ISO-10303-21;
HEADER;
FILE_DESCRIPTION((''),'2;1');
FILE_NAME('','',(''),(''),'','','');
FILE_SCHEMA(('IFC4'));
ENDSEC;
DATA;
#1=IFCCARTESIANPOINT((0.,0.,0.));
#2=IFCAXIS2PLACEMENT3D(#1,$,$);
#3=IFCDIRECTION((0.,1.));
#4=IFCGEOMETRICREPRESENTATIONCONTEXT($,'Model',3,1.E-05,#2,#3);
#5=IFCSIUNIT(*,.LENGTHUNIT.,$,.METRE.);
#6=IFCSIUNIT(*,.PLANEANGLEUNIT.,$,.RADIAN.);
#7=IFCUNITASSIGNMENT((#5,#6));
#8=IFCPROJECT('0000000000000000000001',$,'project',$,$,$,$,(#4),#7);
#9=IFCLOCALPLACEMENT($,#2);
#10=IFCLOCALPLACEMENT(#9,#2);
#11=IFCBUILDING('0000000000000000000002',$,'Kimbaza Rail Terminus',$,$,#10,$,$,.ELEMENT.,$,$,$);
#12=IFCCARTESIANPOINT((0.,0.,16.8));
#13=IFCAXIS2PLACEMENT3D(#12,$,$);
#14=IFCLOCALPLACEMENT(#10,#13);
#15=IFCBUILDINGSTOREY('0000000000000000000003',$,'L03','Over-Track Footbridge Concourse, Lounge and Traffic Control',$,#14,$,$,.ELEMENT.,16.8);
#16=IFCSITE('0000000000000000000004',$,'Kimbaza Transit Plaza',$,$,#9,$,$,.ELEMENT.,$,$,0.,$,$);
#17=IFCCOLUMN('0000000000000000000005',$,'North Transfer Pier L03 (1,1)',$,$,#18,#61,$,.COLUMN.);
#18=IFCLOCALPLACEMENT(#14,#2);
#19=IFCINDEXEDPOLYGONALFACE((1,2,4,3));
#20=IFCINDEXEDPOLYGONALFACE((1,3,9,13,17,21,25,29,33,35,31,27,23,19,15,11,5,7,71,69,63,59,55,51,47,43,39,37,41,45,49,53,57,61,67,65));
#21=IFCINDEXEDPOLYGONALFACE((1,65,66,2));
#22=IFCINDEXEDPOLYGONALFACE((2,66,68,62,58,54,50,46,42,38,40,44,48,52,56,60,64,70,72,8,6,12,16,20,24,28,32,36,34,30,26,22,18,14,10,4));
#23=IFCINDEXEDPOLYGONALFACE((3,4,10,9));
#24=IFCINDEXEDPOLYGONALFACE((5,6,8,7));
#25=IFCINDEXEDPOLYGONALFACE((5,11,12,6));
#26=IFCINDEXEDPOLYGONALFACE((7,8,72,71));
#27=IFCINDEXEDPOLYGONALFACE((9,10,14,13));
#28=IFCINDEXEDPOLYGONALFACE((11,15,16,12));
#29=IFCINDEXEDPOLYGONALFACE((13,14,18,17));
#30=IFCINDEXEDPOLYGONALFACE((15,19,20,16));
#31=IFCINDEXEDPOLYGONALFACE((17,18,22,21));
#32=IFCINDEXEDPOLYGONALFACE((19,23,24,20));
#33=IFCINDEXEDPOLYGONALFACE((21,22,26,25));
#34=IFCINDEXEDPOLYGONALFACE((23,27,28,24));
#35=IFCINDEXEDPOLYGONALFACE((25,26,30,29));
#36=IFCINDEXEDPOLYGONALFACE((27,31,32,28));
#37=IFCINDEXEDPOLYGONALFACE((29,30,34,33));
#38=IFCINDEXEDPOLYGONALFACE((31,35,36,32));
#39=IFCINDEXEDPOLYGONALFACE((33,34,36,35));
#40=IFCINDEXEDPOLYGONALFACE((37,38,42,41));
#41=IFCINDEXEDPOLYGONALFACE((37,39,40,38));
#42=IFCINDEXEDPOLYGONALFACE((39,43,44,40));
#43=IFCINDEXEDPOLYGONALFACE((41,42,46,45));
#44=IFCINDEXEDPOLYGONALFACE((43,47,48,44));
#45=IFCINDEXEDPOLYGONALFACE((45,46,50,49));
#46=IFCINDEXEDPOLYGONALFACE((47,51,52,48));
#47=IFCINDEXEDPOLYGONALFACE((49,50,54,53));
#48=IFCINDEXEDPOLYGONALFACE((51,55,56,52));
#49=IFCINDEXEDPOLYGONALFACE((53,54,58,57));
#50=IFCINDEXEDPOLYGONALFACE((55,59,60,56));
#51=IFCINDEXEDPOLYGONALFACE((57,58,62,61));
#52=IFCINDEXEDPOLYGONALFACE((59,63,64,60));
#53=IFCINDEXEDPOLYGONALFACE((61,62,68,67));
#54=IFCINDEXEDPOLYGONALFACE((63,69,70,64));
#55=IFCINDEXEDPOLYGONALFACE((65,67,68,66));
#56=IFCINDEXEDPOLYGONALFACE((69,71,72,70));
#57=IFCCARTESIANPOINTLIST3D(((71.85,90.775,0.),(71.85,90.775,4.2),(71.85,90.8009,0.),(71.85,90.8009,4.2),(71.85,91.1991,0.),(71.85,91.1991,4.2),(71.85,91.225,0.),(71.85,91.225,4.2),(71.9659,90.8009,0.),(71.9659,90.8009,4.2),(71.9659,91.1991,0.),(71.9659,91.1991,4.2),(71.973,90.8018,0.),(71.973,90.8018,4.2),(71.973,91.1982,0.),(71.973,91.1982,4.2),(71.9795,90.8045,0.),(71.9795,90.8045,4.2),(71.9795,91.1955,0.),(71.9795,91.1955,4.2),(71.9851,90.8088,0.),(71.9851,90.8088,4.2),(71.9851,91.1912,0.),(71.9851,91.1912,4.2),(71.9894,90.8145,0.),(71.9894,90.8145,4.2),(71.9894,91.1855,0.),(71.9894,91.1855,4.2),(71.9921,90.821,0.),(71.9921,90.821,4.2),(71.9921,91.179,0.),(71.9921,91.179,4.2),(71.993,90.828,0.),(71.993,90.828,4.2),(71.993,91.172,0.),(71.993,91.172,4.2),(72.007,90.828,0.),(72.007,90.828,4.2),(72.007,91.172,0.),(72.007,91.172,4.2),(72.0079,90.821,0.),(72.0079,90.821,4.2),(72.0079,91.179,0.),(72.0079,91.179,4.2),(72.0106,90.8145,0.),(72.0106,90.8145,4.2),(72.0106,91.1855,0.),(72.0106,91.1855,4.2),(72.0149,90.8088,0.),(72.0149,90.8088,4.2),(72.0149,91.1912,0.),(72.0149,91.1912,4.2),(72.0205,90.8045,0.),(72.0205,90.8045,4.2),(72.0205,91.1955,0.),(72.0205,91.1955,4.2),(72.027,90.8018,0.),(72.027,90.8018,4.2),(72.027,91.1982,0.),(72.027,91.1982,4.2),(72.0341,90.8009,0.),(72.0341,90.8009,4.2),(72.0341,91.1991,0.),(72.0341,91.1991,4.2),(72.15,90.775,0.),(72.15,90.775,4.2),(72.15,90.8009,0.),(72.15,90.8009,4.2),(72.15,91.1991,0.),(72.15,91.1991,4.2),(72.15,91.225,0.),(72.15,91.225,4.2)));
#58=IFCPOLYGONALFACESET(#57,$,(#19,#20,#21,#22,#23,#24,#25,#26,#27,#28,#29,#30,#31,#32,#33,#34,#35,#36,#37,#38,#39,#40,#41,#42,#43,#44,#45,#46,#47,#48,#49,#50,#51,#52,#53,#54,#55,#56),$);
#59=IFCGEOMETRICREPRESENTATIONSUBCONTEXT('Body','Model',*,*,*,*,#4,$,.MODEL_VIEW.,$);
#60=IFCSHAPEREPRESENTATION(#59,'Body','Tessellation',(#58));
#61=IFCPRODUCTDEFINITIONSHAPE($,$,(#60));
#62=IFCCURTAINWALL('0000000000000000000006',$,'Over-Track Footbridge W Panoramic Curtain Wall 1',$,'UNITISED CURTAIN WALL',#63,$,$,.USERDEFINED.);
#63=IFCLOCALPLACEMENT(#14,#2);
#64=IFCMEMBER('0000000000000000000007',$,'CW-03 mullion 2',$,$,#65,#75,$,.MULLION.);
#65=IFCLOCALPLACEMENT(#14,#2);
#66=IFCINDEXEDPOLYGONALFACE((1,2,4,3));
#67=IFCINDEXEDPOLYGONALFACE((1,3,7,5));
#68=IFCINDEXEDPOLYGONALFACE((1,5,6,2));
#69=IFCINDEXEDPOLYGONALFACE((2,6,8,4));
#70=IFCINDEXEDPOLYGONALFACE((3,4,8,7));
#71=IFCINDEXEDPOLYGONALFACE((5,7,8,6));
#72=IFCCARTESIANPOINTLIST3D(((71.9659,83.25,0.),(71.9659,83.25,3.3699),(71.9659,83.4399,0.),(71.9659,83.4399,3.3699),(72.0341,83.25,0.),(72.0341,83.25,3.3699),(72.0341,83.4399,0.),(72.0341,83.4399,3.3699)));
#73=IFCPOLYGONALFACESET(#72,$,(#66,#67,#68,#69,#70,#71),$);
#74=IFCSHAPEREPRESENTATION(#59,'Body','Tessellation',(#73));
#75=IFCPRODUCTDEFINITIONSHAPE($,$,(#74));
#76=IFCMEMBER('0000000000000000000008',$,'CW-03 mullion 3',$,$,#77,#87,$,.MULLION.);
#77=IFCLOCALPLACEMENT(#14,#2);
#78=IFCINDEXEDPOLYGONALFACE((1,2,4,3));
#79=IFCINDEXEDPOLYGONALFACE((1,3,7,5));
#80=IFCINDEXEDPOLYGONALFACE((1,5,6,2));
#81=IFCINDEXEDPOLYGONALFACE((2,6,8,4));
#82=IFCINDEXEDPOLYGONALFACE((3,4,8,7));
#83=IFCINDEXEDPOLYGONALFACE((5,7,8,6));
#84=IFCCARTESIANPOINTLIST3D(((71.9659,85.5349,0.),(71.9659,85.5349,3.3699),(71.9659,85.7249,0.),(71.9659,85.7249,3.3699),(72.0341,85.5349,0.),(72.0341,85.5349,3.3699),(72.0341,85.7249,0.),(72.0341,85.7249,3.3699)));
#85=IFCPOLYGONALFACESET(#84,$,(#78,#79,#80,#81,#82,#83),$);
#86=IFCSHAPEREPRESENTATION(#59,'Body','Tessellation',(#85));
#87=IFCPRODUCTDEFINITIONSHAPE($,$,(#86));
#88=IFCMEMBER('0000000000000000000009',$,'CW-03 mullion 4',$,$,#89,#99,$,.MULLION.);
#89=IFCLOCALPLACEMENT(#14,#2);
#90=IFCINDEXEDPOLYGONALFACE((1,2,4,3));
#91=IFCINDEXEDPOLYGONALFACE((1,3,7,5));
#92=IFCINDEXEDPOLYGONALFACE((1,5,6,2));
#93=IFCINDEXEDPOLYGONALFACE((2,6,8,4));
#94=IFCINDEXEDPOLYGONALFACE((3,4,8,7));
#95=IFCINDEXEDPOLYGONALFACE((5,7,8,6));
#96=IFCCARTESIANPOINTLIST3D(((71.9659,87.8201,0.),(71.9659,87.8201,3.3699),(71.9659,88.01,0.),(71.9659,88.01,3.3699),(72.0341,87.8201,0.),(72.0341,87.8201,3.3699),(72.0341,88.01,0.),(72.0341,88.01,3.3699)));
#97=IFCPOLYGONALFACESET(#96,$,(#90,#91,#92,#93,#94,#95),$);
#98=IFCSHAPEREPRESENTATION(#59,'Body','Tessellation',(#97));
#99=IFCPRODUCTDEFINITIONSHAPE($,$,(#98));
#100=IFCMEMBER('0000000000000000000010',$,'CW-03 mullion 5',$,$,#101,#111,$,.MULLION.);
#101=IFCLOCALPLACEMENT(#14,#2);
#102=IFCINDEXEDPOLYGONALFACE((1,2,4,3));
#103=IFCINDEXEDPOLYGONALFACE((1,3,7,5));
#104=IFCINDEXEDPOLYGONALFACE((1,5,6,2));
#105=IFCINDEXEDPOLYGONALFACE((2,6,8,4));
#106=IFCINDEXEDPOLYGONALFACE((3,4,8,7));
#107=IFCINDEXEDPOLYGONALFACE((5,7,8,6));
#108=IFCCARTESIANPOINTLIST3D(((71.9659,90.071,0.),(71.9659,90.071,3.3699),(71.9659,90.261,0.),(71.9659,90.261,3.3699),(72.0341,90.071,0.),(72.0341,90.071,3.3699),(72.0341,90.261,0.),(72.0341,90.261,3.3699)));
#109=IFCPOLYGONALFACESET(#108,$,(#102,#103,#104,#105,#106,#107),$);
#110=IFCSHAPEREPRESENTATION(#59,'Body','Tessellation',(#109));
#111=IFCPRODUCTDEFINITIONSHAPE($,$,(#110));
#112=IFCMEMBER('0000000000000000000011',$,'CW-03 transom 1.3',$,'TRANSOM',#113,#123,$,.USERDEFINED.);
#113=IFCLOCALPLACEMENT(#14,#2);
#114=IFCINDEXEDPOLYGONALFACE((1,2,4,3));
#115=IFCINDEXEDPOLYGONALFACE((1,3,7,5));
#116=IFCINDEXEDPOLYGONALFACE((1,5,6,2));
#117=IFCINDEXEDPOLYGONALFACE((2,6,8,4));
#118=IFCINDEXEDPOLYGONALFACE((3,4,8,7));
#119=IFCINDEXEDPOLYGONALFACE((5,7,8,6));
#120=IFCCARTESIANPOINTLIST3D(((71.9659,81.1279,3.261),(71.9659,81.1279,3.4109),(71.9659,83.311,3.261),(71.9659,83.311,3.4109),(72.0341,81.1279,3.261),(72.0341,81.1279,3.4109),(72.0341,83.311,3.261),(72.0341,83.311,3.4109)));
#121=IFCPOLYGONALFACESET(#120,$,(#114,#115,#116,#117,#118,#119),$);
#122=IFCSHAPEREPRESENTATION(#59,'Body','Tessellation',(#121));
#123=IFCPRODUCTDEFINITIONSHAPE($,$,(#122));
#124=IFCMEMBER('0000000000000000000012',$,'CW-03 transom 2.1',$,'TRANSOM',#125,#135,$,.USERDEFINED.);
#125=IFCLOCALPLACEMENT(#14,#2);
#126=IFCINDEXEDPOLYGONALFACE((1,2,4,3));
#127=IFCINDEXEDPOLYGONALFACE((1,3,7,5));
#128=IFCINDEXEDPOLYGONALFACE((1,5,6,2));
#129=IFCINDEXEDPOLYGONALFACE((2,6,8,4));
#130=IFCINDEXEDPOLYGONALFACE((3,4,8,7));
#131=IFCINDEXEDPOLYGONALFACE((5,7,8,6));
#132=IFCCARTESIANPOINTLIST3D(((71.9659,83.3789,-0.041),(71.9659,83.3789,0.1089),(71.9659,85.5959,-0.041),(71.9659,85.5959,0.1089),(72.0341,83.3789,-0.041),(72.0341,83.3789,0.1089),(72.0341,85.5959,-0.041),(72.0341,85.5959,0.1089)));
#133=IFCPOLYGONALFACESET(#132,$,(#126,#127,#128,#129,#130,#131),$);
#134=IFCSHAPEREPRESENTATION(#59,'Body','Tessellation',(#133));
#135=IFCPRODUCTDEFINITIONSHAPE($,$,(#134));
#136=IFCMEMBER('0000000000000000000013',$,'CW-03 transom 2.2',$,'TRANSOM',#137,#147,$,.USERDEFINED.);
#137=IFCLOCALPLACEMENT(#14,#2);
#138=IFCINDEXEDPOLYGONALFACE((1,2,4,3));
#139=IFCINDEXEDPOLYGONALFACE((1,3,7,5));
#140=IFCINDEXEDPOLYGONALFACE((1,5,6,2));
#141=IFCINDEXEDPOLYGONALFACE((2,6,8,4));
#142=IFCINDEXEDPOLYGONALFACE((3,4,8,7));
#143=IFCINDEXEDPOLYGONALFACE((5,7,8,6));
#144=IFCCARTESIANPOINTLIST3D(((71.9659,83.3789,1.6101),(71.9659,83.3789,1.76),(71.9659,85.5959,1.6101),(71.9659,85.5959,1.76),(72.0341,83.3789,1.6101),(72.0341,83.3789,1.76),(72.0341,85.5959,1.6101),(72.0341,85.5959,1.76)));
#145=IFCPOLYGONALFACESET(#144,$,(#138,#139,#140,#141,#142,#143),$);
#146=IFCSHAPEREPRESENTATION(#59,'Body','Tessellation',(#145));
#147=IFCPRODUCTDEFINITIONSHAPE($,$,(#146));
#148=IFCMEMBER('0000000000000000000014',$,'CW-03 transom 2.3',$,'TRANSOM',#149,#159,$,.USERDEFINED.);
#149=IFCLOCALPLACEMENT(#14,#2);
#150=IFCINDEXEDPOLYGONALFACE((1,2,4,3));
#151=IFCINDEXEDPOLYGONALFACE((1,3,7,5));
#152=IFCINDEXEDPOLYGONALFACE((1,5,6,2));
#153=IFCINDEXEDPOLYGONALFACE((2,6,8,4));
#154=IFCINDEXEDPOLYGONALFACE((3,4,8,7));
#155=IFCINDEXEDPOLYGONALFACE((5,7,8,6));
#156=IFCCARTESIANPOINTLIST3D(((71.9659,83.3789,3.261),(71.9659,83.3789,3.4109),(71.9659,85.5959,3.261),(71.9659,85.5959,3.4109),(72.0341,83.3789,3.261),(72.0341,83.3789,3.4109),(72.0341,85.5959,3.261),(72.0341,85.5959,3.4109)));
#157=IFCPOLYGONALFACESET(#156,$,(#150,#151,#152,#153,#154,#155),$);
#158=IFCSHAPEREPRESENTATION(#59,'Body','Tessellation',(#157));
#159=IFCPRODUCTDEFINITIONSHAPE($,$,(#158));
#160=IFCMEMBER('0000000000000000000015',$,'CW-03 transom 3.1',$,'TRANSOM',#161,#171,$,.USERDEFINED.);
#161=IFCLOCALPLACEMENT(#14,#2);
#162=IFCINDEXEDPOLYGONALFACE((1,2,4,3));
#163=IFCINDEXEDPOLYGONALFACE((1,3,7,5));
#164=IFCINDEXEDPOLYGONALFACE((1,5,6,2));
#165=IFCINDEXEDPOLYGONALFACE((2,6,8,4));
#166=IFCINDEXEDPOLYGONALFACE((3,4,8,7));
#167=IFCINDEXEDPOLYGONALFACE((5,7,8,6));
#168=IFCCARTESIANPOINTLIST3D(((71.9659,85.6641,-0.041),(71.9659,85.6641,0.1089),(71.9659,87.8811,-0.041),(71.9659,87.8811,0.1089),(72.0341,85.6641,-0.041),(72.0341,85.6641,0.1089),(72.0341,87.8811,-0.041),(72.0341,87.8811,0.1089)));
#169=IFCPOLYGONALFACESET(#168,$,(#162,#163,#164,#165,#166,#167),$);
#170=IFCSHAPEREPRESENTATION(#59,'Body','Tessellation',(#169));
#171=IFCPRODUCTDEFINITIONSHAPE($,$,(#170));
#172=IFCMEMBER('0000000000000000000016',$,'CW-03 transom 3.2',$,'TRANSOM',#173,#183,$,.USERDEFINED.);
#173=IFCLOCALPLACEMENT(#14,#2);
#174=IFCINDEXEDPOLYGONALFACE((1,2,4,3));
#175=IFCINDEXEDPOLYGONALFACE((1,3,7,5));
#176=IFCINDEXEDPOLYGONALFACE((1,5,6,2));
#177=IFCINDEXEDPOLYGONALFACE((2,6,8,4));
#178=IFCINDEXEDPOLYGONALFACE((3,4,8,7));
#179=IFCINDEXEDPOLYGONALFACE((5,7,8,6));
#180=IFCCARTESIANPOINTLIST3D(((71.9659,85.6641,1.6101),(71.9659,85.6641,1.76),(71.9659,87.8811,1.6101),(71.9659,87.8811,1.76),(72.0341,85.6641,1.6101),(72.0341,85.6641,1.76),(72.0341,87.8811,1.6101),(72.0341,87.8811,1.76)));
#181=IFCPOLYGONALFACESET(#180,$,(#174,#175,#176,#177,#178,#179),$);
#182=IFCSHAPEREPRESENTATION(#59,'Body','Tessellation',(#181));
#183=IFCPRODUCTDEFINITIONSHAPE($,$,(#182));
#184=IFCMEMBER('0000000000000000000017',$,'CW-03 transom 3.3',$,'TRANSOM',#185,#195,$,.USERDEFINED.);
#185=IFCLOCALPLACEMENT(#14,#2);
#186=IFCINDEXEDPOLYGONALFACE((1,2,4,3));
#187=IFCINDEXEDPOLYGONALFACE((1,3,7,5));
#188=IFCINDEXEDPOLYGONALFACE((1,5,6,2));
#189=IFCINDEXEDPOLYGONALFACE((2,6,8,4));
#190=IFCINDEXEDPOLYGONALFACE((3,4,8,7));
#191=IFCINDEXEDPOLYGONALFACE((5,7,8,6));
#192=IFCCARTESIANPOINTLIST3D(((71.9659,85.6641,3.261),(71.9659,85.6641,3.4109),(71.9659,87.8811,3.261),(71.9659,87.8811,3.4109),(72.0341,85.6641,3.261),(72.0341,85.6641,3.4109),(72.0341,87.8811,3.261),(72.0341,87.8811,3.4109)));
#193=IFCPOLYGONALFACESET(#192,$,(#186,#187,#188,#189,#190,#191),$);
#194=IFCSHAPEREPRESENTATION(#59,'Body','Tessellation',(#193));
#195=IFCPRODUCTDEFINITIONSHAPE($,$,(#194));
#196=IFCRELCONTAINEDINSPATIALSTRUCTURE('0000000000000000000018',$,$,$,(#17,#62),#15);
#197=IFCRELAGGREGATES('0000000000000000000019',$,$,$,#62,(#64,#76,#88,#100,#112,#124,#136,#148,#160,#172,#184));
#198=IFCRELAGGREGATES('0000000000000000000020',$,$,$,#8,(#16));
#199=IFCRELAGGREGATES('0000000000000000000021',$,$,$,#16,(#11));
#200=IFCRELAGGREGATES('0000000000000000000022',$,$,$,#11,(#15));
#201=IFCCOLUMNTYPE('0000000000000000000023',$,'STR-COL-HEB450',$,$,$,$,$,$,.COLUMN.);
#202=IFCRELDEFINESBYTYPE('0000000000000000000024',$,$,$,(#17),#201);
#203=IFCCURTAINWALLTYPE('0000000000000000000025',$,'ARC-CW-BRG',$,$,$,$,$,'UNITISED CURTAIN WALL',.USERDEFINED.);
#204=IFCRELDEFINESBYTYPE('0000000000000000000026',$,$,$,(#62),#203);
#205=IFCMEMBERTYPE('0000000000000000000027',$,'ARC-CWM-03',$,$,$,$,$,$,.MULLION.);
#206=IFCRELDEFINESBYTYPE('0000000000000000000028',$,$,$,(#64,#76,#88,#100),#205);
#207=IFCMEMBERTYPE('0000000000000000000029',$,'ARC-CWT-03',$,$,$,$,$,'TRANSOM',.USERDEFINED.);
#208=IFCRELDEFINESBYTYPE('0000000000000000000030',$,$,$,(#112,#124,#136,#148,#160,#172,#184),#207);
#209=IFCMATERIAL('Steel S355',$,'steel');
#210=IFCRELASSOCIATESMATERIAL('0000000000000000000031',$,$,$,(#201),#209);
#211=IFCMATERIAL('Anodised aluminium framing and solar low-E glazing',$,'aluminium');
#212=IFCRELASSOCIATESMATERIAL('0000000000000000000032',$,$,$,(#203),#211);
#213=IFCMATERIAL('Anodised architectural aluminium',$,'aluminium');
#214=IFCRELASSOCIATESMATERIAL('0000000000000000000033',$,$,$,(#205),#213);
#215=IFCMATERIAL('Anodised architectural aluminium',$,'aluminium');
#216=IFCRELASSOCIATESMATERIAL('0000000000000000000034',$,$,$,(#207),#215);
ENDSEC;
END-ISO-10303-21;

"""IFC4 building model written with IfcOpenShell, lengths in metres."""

from ifc_helpers import new_model, si_unit, direction, frame, origin, origin_2d, place, context, subcontext, project, spatial, rectangle, i_section, extrude, material, material_profile, profile_set, type_object, element, aggregate, save


model = new_model("IFC4")

# Units and contexts
model_context = context("Model", 3, precision=1e-05, world=origin(), true_north=direction((0.0, 1.0)))
body_context = subcontext(model_context, "Body", "Model", "MODEL_VIEW")
ifc_project = project(units=[si_unit("LENGTHUNIT", "METRE"), si_unit("PLANEANGLEUNIT", "RADIAN")], contexts=[model_context])

# Site, building, storey
site_placement = place(None, origin())
site = spatial("IfcSite", under=ifc_project, at=site_placement, Name="Kimbaza Transit Plaza", CompositionType="ELEMENT", RefElevation=0.0)
building_placement = place(site_placement, origin())
building = spatial("IfcBuilding", under=site, at=building_placement, Name="Kimbaza Rail Terminus", CompositionType="ELEMENT")
storey_placement = place(building_placement, frame((0.0, 0.0, 16.8)))
storey = spatial("IfcBuildingStorey", under=building, at=storey_placement, Name="L03", Description="Over-Track Footbridge Concourse, Lounge and Traffic Control", CompositionType="ELEMENT", Elevation=16.8)

# Column
ifc_material_1 = material(Name="Steel S355", Category="steel")
ifc_material_profile_1 = material_profile(ifc_material_1, i_section(OverallWidth=0.3, OverallDepth=0.45, WebThickness=0.0139, FlangeThickness=0.0259, FilletRadius=0.0271, at=origin_2d()), Name="HEB 450")
ifc_profile_set_1 = profile_set([ifc_material_profile_1], Name="Steel S355")
column_type = type_object("IfcColumnType", Name="STR-COL-HEB450", PredefinedType="COLUMN", material=ifc_profile_set_1)
column_placement = place(storey_placement, frame((72.0, 91.0, 0.0), z_axis=(0.0, 0.0, 1.0), x_axis=(1.0, 0.0, 0.0)))
element("IfcColumn", 1, at=column_placement, inside=storey, type_object=column_type, Name="North Transfer Pier L03 (1,1)", PredefinedType="COLUMN", context=body_context, shape_type="SweptSolid", body=[
    extrude(i_section(OverallWidth=0.3, OverallDepth=0.45, WebThickness=0.0139, FlangeThickness=0.0259, FilletRadius=0.0271, at=origin_2d()), origin(), (0.0, 0.0, 1.0), 4.2),
])

# Curtain wall, members
ifc_material_2 = material(Name="Anodised aluminium framing and solar low-E glazing", Category="aluminium")
curtain_wall_type = type_object("IfcCurtainWallType", Name="ARC-CW-BRG", ElementType="UNITISED CURTAIN WALL", PredefinedType="USERDEFINED", material=ifc_material_2)
curtain_wall_placement = place(storey_placement, origin())
curtain_wall = element("IfcCurtainWall", 2, at=curtain_wall_placement, inside=storey, type_object=curtain_wall_type, Name="Over-Track Footbridge W Panoramic Curtain Wall 1", ObjectType="UNITISED CURTAIN WALL", PredefinedType="USERDEFINED")
ifc_material_3 = material(Name="Anodised architectural aluminium", Category="aluminium")
ifc_material_profile_2 = material_profile(ifc_material_3, rectangle(XDim=0.0681, YDim=0.1899, at=origin_2d()), Name="MULLION 68x190")
ifc_profile_set_2 = profile_set([ifc_material_profile_2], Name="Anodised architectural aluminium")
member_type_1 = type_object("IfcMemberType", Name="ARC-CWM-03", PredefinedType="MULLION", material=ifc_profile_set_2)
member_1_placement = place(storey_placement, frame((72.0, 83.345, 0.0), z_axis=(0.0, 0.0, 1.0), x_axis=(-1.0, 0.0, 0.0)))
member_1 = element("IfcMember", 3, at=member_1_placement, type_object=member_type_1, Name="CW-03 mullion 2", PredefinedType="MULLION", context=body_context, shape_type="SweptSolid", body=[
    extrude(rectangle(XDim=0.0681, YDim=0.1899, at=origin_2d()), origin(), (0.0, 0.0, 1.0), 3.3699),
])
member_2_placement = place(storey_placement, frame((72.0, 85.6299, 0.0), z_axis=(0.0, 0.0, 1.0), x_axis=(-1.0, 0.0, 0.0)))
member_2 = element("IfcMember", 4, at=member_2_placement, type_object=member_type_1, Name="CW-03 mullion 3", PredefinedType="MULLION", context=body_context, shape_type="SweptSolid", body=[
    extrude(rectangle(XDim=0.0681, YDim=0.1899, at=origin_2d()), origin(), (0.0, 0.0, 1.0), 3.3699),
])
member_3_placement = place(storey_placement, frame((72.0, 87.915, 0.0), z_axis=(0.0, 0.0, 1.0), x_axis=(-1.0, 0.0, 0.0)))
member_3 = element("IfcMember", 5, at=member_3_placement, type_object=member_type_1, Name="CW-03 mullion 4", PredefinedType="MULLION", context=body_context, shape_type="SweptSolid", body=[
    extrude(rectangle(XDim=0.0681, YDim=0.1899, at=origin_2d()), origin(), (0.0, 0.0, 1.0), 3.3699),
])
member_4_placement = place(storey_placement, frame((72.0, 90.166, 0.0), z_axis=(0.0, 0.0, 1.0), x_axis=(-1.0, 0.0, 0.0)))
member_4 = element("IfcMember", 6, at=member_4_placement, type_object=member_type_1, Name="CW-03 mullion 5", PredefinedType="MULLION", context=body_context, shape_type="SweptSolid", body=[
    extrude(rectangle(XDim=0.0681, YDim=0.1899, at=origin_2d()), origin(), (0.0, 0.0, 1.0), 3.3699),
])
ifc_material_4 = material(Name="Anodised architectural aluminium", Category="aluminium")
ifc_material_profile_3 = material_profile(ifc_material_4, rectangle(XDim=0.0681, YDim=0.1499, at=origin_2d()), Name="TRANSOM 68x150")
ifc_profile_set_3 = profile_set([ifc_material_profile_3], Name="Anodised architectural aluminium")
member_type_2 = type_object("IfcMemberType", Name="ARC-CWT-03", ElementType="TRANSOM", PredefinedType="USERDEFINED", material=ifc_profile_set_3)
member_5_placement = place(storey_placement, frame((72.0, 81.1279, 3.3359), z_axis=(0.0, 1.0, 0.0), x_axis=(-1.0, 0.0, 0.0)))
member_5 = element("IfcMember", 7, at=member_5_placement, type_object=member_type_2, Name="CW-03 transom 1.3", ObjectType="TRANSOM", PredefinedType="USERDEFINED", context=body_context, shape_type="SweptSolid", body=[
    extrude(rectangle(XDim=0.0681, YDim=0.1499, at=origin_2d()), origin(), (0.0, 0.0, 1.0), 2.1831),
])
member_6_placement = place(storey_placement, frame((72.0, 83.3789, 0.0339), z_axis=(0.0, 1.0, 0.0), x_axis=(-1.0, 0.0, 0.0)))
member_6 = element("IfcMember", 8, at=member_6_placement, type_object=member_type_2, Name="CW-03 transom 2.1", ObjectType="TRANSOM", PredefinedType="USERDEFINED", context=body_context, shape_type="SweptSolid", body=[
    extrude(rectangle(XDim=0.0681, YDim=0.1499, at=origin_2d()), origin(), (0.0, 0.0, 1.0), 2.217),
])
member_7_placement = place(storey_placement, frame((72.0, 83.3789, 1.6851), z_axis=(0.0, 1.0, 0.0), x_axis=(-1.0, 0.0, 0.0)))
member_7 = element("IfcMember", 9, at=member_7_placement, type_object=member_type_2, Name="CW-03 transom 2.2", ObjectType="TRANSOM", PredefinedType="USERDEFINED", context=body_context, shape_type="SweptSolid", body=[
    extrude(rectangle(XDim=0.0681, YDim=0.1499, at=origin_2d()), origin(), (0.0, 0.0, 1.0), 2.217),
])
member_8_placement = place(storey_placement, frame((72.0, 83.3789, 3.3359), z_axis=(0.0, 1.0, 0.0), x_axis=(-1.0, 0.0, 0.0)))
member_8 = element("IfcMember", 10, at=member_8_placement, type_object=member_type_2, Name="CW-03 transom 2.3", ObjectType="TRANSOM", PredefinedType="USERDEFINED", context=body_context, shape_type="SweptSolid", body=[
    extrude(rectangle(XDim=0.0681, YDim=0.1499, at=origin_2d()), origin(), (0.0, 0.0, 1.0), 2.217),
])
member_9_placement = place(storey_placement, frame((72.0, 85.6641, 0.0339), z_axis=(0.0, 1.0, 0.0), x_axis=(-1.0, 0.0, 0.0)))
member_9 = element("IfcMember", 11, at=member_9_placement, type_object=member_type_2, Name="CW-03 transom 3.1", ObjectType="TRANSOM", PredefinedType="USERDEFINED", context=body_context, shape_type="SweptSolid", body=[
    extrude(rectangle(XDim=0.0681, YDim=0.1499, at=origin_2d()), origin(), (0.0, 0.0, 1.0), 2.217),
])
member_10_placement = place(storey_placement, frame((72.0, 85.6641, 1.6851), z_axis=(0.0, 1.0, 0.0), x_axis=(-1.0, 0.0, 0.0)))
member_10 = element("IfcMember", 12, at=member_10_placement, type_object=member_type_2, Name="CW-03 transom 3.2", ObjectType="TRANSOM", PredefinedType="USERDEFINED", context=body_context, shape_type="SweptSolid", body=[
    extrude(rectangle(XDim=0.0681, YDim=0.1499, at=origin_2d()), origin(), (0.0, 0.0, 1.0), 2.217),
])
member_11_placement = place(storey_placement, frame((72.0, 85.6641, 3.3359), z_axis=(0.0, 1.0, 0.0), x_axis=(-1.0, 0.0, 0.0)))
member_11 = element("IfcMember", 13, at=member_11_placement, type_object=member_type_2, Name="CW-03 transom 3.3", ObjectType="TRANSOM", PredefinedType="USERDEFINED", context=body_context, shape_type="SweptSolid", body=[
    extrude(rectangle(XDim=0.0681, YDim=0.1499, at=origin_2d()), origin(), (0.0, 0.0, 1.0), 2.217),
])

aggregate(curtain_wall, [member_1, member_2, member_3, member_4, member_5, member_6, member_7, member_8, member_9, member_10, member_11])

save(model, "model.ifc")
